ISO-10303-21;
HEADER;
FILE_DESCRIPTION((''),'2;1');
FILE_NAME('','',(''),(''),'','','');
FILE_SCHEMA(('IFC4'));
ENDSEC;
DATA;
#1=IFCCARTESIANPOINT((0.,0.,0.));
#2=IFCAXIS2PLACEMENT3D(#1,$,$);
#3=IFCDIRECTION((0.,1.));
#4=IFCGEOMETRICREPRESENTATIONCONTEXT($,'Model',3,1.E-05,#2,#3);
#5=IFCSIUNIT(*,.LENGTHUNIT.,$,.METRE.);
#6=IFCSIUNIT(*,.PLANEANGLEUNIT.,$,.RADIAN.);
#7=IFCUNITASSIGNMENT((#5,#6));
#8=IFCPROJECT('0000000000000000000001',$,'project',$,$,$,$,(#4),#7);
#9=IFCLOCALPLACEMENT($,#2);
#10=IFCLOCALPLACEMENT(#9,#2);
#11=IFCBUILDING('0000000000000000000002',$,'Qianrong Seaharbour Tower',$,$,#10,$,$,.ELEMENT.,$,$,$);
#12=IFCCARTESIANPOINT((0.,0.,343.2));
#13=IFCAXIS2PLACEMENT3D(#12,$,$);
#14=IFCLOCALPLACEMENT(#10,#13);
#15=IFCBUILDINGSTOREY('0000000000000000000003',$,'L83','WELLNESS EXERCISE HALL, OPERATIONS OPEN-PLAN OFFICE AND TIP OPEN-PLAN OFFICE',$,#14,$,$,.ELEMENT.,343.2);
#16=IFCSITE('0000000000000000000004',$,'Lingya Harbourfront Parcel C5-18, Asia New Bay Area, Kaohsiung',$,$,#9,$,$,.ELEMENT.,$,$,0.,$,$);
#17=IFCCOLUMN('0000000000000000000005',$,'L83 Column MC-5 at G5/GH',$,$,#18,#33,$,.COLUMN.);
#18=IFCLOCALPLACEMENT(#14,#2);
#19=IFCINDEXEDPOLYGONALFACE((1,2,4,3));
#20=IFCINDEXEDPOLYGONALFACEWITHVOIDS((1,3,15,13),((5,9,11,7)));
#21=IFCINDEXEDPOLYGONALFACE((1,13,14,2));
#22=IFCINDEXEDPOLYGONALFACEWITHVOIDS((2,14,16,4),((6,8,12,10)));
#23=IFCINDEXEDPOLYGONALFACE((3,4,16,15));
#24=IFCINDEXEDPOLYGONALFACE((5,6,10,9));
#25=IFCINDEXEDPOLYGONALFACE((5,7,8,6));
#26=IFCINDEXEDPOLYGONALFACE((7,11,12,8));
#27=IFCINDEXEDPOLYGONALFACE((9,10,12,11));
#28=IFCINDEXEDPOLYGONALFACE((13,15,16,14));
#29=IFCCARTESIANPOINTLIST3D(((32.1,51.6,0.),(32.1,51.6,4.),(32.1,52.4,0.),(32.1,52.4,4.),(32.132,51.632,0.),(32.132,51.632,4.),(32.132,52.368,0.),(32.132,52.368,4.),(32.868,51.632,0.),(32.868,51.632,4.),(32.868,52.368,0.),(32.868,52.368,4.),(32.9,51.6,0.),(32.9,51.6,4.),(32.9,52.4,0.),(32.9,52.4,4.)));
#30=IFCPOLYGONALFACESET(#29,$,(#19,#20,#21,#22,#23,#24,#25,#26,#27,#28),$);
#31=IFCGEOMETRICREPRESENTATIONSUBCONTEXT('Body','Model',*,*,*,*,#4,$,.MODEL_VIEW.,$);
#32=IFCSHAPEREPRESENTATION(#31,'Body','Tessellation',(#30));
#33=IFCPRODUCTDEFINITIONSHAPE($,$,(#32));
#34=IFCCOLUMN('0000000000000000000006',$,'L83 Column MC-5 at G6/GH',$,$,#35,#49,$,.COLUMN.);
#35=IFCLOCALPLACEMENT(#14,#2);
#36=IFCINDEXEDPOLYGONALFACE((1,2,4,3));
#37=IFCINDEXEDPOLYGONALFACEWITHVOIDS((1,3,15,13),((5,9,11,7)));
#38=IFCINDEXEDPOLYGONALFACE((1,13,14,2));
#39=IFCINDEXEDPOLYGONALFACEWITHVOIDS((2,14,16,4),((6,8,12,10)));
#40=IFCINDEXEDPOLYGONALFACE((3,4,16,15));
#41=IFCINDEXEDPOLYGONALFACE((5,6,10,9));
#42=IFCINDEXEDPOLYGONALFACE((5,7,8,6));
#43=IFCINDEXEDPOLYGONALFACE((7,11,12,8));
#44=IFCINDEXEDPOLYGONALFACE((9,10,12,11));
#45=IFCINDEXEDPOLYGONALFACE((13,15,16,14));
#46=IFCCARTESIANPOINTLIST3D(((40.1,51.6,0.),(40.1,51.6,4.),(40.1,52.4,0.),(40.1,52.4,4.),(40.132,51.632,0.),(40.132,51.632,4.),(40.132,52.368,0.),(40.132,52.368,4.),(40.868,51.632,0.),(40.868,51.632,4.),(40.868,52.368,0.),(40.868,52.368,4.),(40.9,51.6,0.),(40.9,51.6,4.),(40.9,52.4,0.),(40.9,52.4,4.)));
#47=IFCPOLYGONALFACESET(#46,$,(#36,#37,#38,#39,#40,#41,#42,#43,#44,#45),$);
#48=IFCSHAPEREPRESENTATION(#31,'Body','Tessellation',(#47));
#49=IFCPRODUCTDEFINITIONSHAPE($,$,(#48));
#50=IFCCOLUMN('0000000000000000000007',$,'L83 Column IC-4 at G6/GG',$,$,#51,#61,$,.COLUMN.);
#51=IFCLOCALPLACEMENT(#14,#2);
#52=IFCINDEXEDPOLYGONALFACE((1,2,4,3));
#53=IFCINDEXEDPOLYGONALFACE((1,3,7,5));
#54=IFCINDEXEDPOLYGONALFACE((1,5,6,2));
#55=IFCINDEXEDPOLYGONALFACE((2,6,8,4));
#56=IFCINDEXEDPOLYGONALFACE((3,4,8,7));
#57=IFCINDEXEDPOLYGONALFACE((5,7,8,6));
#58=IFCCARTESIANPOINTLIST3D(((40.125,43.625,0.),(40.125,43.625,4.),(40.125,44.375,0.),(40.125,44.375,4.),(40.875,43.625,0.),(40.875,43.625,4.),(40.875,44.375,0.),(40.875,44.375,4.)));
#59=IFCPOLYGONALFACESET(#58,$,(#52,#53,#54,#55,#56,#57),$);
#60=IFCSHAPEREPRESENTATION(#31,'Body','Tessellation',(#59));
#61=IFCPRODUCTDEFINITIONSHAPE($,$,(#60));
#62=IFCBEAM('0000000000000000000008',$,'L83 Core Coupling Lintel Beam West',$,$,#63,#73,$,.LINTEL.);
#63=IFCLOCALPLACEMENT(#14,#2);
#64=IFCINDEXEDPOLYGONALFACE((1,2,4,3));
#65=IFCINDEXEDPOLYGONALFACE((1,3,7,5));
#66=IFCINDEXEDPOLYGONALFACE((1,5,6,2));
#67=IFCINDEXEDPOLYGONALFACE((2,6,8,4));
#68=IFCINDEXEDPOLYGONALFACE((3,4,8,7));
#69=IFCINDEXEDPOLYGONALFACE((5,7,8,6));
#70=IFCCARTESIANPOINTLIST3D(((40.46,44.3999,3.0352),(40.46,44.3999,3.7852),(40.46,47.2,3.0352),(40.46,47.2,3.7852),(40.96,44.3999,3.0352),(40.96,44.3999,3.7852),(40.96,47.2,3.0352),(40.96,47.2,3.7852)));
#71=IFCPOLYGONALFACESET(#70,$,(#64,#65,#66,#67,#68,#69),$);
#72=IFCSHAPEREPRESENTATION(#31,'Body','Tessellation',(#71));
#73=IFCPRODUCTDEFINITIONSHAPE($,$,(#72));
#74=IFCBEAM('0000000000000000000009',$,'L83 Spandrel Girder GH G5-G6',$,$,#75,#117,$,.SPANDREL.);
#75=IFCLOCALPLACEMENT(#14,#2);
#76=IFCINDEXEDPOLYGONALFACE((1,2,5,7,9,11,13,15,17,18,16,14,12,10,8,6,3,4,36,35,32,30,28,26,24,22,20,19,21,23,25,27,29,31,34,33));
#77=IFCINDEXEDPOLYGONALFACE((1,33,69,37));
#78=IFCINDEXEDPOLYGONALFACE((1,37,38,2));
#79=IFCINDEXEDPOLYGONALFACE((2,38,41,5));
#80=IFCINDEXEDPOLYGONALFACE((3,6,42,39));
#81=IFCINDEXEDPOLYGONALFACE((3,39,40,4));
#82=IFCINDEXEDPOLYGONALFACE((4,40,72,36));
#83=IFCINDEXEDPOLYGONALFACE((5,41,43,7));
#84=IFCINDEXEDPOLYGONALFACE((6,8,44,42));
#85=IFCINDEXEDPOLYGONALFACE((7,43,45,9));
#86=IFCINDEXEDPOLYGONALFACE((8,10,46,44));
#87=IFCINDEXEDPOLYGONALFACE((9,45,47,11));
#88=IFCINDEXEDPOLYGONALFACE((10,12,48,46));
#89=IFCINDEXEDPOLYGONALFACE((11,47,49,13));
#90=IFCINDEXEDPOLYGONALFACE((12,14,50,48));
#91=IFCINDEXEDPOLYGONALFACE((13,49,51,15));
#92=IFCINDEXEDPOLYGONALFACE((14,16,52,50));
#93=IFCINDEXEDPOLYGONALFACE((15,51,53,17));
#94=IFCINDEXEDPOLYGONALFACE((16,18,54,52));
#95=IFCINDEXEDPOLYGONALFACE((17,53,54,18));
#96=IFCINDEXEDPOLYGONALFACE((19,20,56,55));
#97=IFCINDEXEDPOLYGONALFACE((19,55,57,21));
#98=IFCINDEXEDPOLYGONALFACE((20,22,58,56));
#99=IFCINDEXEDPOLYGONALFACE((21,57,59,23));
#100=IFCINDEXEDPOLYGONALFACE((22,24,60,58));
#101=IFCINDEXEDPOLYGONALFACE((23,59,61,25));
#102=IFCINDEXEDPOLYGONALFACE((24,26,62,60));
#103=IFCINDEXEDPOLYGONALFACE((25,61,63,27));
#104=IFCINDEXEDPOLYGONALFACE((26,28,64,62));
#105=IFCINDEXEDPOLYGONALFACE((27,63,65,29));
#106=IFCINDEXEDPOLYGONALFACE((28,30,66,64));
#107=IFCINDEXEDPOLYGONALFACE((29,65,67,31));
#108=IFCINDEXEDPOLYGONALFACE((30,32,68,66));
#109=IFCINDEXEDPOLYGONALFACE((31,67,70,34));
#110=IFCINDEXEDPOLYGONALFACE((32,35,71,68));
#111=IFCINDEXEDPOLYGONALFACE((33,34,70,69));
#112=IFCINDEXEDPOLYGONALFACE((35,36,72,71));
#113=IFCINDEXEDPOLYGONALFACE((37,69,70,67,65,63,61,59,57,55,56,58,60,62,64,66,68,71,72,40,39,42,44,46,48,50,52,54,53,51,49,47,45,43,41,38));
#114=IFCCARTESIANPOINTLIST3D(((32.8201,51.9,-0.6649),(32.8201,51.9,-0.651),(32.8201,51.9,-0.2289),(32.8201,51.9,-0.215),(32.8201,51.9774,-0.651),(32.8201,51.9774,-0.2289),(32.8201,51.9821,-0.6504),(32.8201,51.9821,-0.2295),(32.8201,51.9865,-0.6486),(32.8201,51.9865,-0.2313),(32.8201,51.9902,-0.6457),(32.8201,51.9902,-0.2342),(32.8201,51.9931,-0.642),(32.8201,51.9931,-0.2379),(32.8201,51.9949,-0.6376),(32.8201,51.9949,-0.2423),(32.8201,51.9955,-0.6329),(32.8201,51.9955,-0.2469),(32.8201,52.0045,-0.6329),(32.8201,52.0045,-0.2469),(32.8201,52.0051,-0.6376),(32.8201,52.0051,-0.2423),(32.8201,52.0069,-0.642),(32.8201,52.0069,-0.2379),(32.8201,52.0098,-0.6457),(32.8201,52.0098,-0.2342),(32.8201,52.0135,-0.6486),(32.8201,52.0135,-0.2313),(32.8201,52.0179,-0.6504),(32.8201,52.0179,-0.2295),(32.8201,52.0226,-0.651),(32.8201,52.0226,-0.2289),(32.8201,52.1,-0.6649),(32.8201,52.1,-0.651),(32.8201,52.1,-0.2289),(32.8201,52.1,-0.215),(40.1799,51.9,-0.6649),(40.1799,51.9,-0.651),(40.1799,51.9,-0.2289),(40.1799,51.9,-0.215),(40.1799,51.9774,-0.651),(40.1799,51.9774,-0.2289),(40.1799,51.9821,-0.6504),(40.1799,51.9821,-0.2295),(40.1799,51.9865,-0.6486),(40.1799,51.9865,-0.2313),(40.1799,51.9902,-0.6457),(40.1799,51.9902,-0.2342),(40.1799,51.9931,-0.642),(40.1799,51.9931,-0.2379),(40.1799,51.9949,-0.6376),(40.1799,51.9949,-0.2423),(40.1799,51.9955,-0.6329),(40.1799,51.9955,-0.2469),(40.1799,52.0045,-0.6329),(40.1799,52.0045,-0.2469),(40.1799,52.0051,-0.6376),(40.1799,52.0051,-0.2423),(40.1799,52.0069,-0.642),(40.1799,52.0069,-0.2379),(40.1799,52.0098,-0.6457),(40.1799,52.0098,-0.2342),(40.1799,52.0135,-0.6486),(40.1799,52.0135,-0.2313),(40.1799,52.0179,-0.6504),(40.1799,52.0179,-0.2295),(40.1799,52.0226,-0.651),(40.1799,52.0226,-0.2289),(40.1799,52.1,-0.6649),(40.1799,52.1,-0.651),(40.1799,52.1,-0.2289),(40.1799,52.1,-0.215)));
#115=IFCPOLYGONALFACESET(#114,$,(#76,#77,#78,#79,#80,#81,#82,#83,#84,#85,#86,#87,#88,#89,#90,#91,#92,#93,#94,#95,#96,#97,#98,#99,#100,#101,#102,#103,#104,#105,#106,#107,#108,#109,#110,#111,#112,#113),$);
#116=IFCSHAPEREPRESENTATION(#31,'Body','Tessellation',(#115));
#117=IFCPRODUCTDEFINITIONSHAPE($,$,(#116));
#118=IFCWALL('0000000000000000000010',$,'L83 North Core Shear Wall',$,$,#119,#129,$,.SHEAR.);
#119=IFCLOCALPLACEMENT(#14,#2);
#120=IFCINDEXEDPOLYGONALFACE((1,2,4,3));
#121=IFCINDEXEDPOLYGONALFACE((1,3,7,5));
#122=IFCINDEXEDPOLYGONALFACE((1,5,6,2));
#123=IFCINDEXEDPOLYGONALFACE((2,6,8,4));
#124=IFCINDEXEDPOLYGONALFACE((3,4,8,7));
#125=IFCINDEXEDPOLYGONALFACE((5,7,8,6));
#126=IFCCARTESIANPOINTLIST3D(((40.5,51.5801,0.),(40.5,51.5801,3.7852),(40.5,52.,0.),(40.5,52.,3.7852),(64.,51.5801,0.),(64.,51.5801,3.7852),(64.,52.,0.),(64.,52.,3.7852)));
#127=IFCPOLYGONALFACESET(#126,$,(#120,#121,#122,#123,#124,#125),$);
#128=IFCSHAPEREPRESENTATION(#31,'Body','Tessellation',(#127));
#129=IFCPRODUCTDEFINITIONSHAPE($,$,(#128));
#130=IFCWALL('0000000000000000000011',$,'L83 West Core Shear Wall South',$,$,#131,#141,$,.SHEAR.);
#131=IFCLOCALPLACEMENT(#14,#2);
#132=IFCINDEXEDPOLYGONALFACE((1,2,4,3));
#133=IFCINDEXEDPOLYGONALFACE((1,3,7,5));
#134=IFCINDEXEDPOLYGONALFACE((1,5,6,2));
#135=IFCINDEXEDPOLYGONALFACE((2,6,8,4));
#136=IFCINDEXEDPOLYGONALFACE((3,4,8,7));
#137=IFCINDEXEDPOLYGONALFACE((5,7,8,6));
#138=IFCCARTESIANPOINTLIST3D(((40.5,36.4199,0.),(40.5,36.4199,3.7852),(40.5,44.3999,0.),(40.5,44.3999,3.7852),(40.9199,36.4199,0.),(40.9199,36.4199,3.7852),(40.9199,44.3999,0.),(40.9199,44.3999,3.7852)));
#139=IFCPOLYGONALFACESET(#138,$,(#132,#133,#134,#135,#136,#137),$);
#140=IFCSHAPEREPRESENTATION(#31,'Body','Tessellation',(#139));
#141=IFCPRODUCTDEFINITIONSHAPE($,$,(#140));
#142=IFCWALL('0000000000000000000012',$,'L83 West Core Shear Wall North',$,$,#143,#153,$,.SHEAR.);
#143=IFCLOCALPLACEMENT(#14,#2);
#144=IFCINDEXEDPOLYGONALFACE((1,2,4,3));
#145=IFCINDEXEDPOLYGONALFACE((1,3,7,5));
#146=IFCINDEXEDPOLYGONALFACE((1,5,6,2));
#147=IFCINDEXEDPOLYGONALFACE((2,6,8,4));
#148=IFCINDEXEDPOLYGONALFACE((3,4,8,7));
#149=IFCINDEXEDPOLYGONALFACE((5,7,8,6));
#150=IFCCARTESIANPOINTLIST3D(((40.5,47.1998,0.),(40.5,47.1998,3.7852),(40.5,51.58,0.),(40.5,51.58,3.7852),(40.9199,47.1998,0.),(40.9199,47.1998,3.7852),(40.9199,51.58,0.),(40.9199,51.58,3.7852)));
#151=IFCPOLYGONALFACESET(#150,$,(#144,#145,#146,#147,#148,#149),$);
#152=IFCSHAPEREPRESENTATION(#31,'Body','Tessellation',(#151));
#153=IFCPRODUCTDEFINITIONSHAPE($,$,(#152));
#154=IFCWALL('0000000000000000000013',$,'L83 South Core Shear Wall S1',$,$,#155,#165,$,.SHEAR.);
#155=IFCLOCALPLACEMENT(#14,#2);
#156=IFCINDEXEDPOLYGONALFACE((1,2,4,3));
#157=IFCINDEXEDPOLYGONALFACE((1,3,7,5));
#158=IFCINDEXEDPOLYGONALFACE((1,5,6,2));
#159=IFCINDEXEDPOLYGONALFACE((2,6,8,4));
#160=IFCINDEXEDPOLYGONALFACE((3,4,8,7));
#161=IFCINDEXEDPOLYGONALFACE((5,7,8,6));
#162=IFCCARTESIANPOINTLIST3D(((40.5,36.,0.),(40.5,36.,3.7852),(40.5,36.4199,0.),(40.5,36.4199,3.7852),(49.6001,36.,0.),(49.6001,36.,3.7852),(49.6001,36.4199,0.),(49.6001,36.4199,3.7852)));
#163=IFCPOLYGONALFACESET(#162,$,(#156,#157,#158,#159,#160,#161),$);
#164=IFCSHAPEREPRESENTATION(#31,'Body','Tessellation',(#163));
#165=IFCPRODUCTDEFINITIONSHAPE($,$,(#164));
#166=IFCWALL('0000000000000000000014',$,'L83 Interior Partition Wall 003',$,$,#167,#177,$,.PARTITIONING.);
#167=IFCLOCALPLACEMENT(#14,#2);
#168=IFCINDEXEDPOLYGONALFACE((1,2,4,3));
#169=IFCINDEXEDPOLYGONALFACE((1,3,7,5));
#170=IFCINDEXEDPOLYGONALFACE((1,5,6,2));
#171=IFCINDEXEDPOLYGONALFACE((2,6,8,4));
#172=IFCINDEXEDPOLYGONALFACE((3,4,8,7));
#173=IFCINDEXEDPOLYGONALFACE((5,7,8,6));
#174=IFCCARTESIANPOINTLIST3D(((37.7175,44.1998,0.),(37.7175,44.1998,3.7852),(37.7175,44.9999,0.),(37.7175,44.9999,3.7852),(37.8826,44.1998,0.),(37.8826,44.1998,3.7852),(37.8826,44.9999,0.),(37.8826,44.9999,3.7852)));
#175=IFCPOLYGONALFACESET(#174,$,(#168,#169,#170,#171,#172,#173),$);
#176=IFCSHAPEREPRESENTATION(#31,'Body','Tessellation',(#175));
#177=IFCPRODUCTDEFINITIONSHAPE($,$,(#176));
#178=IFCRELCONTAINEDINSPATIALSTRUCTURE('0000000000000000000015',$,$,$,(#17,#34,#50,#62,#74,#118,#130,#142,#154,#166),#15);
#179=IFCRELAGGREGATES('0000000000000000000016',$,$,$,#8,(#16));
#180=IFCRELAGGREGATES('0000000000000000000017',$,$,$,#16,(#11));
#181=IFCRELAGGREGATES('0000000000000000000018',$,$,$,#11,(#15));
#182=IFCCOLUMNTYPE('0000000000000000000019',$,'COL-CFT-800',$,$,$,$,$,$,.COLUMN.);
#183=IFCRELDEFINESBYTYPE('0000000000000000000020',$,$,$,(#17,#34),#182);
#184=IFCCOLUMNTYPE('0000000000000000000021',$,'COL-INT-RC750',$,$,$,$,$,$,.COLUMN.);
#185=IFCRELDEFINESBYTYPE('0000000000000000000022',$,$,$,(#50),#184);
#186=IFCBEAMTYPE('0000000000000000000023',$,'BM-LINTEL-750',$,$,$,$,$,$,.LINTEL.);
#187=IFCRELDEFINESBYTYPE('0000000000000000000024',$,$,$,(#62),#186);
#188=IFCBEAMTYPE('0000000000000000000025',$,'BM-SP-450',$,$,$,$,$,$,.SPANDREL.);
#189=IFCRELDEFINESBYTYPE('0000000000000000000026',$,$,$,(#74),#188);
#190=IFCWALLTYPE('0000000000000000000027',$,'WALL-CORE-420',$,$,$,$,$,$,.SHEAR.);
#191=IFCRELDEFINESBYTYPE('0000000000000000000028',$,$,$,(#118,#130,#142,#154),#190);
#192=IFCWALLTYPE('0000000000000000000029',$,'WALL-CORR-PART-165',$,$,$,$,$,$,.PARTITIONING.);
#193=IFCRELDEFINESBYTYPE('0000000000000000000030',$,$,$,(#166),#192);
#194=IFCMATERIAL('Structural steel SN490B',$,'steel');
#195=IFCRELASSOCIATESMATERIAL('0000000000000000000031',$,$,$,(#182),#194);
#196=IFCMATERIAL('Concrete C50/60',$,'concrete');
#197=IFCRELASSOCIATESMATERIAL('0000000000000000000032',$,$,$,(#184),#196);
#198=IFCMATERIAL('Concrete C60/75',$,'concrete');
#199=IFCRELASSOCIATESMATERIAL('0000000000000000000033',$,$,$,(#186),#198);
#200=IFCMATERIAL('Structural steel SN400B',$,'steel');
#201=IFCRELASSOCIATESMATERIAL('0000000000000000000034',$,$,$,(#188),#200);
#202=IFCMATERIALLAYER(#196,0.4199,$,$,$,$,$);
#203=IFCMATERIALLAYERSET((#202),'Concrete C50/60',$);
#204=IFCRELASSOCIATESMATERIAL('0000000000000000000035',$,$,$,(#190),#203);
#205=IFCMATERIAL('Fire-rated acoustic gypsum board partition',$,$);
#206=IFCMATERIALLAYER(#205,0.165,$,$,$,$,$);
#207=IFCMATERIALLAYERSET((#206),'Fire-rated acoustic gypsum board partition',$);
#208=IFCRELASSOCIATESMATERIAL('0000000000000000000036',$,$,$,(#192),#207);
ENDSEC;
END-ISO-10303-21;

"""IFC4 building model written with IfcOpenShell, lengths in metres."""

from ifc_helpers import new_model, si_unit, direction, frame, frame_2d, origin, origin_2d, place, context, subcontext, project, spatial, rectangle, hollow_rectangle, i_section, extrude, material, layer, layer_set, material_profile, profile_set, type_object, element, save


model = new_model("IFC4")

# Units and contexts
model_context = context("Model", 3, precision=1e-05, world=origin(), true_north=direction((0.0, 1.0)))
body_context = subcontext(model_context, "Body", "Model", "MODEL_VIEW")
ifc_project = project(units=[si_unit("LENGTHUNIT", "METRE"), si_unit("PLANEANGLEUNIT", "RADIAN")], contexts=[model_context])

# Site, building, storey
site_placement = place(None, origin())
site = spatial("IfcSite", under=ifc_project, at=site_placement, Name="Lingya Harbourfront Parcel C5-18, Asia New Bay Area, Kaohsiung", CompositionType="ELEMENT", RefElevation=0.0)
building_placement = place(site_placement, origin())
building = spatial("IfcBuilding", under=site, at=building_placement, Name="Qianrong Seaharbour Tower", CompositionType="ELEMENT")
storey_placement = place(building_placement, frame((0.0, 0.0, 343.2)))
storey = spatial("IfcBuildingStorey", under=building, at=storey_placement, Name="L83", Description="WELLNESS EXERCISE HALL, OPERATIONS OPEN-PLAN OFFICE AND TIP OPEN-PLAN OFFICE", CompositionType="ELEMENT", Elevation=343.2)

# Columns
ifc_material_1 = material(Name="Structural steel SN490B", Category="steel")
ifc_material_profile_1 = material_profile(ifc_material_1, hollow_rectangle(XDim=0.8, YDim=0.8, WallThickness=0.032, at=origin_2d()), Name="BOX800x800x32")
ifc_profile_set_1 = profile_set([ifc_material_profile_1], Name="Structural steel SN490B")
column_type_1 = type_object("IfcColumnType", Name="COL-CFT-800", PredefinedType="COLUMN", material=ifc_profile_set_1)
for number, where, z_axis, x_axis, name in (
    (1, (32.5, 52.0, 0.0), (0.0, 0.0, 1.0), (1.0, 0.0, 0.0), "L83 Column MC-5 at G5/GH"),
    (2, (40.5, 52.0, 0.0), (0.0, 0.0, 1.0), (1.0, 0.0, 0.0), "L83 Column MC-5 at G6/GH"),
):
    element("IfcColumn", number, at=place(storey_placement, frame(where, z_axis=z_axis, x_axis=x_axis)), inside=storey, type_object=column_type_1, Name=name, PredefinedType="COLUMN", context=body_context, shape_type="SweptSolid", body=[
        extrude(hollow_rectangle(XDim=0.8, YDim=0.8, WallThickness=0.032, at=origin_2d()), origin(), (0.0, 0.0, 1.0), 4.0),
    ])
ifc_material_2 = material(Name="Concrete C50/60", Category="concrete")
ifc_material_profile_2 = material_profile(ifc_material_2, rectangle(XDim=0.75, YDim=0.75, at=origin_2d()), Name="RC750x750")
ifc_profile_set_2 = profile_set([ifc_material_profile_2], Name="Concrete C50/60")
column_type_2 = type_object("IfcColumnType", Name="COL-INT-RC750", PredefinedType="COLUMN", material=ifc_profile_set_2)
column_placement = place(storey_placement, frame((40.5, 44.0, 0.0), z_axis=(0.0, 0.0, 1.0), x_axis=(1.0, 0.0, 0.0)))
element("IfcColumn", 3, at=column_placement, inside=storey, type_object=column_type_2, Name="L83 Column IC-4 at G6/GG", PredefinedType="COLUMN", context=body_context, shape_type="SweptSolid", body=[
    extrude(rectangle(XDim=0.75, YDim=0.75, at=origin_2d()), origin(), (0.0, 0.0, 1.0), 4.0),
])

# Beams
ifc_material_3 = material(Name="Concrete C60/75", Category="concrete")
ifc_material_profile_3 = material_profile(ifc_material_3, rectangle(XDim=0.5, YDim=0.75, at=origin_2d()), Name="RC500x750")
ifc_profile_set_3 = profile_set([ifc_material_profile_3], Name="Concrete C60/75")
beam_type_1 = type_object("IfcBeamType", Name="BM-LINTEL-750", PredefinedType="LINTEL", material=ifc_profile_set_3)
beam_1_placement = place(storey_placement, frame((40.71, 44.3999, 3.4102), z_axis=(0.0, 1.0, 0.0), x_axis=(-1.0, 0.0, 0.0)))
element("IfcBeam", 4, at=beam_1_placement, inside=storey, type_object=beam_type_1, Name="L83 Core Coupling Lintel Beam West", PredefinedType="LINTEL", context=body_context, shape_type="SweptSolid", body=[
    extrude(rectangle(XDim=0.5, YDim=0.75, at=origin_2d()), origin(), (0.0, 0.0, 1.0), 2.8),
])
ifc_material_4 = material(Name="Structural steel SN400B", Category="steel")
ifc_material_profile_4 = material_profile(ifc_material_4, i_section(OverallWidth=0.2, OverallDepth=0.45, WebThickness=0.009, FlangeThickness=0.0139, FilletRadius=0.0181, at=origin_2d()), Name="H450x200x9x14")
ifc_profile_set_4 = profile_set([ifc_material_profile_4], Name="Structural steel SN400B")
beam_type_2 = type_object("IfcBeamType", Name="BM-SP-450", PredefinedType="SPANDREL", material=ifc_profile_set_4)
beam_2_placement = place(storey_placement, frame((32.8201, 52.0, -0.4399), z_axis=(1.0, 0.0, 0.0), x_axis=(0.0, 1.0, 0.0)))
element("IfcBeam", 5, at=beam_2_placement, inside=storey, type_object=beam_type_2, Name="L83 Spandrel Girder GH G5-G6", PredefinedType="SPANDREL", context=body_context, shape_type="SweptSolid", body=[
    extrude(i_section(OverallWidth=0.2, OverallDepth=0.45, WebThickness=0.009, FlangeThickness=0.0139, FilletRadius=0.0181, at=origin_2d()), origin(), (0.0, 0.0, 1.0), 7.3599),
])

# Walls
ifc_layer_1 = layer(ifc_material_2, 0.4199)
ifc_layer_set_1 = layer_set([ifc_layer_1], Name="Concrete C50/60")
wall_type_1 = type_object("IfcWallType", Name="WALL-CORE-420", PredefinedType="SHEAR", material=ifc_layer_set_1)
wall_1_placement = place(storey_placement, frame((40.5, 51.79, 0.0), z_axis=(0.0, 0.0, 1.0), x_axis=(1.0, 0.0, 0.0)))
element("IfcWall", 6, at=wall_1_placement, inside=storey, type_object=wall_type_1, Name="L83 North Core Shear Wall", PredefinedType="SHEAR", context=body_context, shape_type="SweptSolid", body=[
    extrude(rectangle(XDim=23.5, YDim=0.4199, at=frame_2d((11.75, 0.0))), origin(), (0.0, 0.0, 1.0), 3.7852),
])
wall_2_placement = place(storey_placement, frame((40.71, 36.4199, 0.0), z_axis=(0.0, 0.0, 1.0), x_axis=(0.0, 1.0, 0.0)))
element("IfcWall", 7, at=wall_2_placement, inside=storey, type_object=wall_type_1, Name="L83 West Core Shear Wall South", PredefinedType="SHEAR", context=body_context, shape_type="SweptSolid", body=[
    extrude(rectangle(XDim=7.98, YDim=0.4199, at=frame_2d((3.99, 0.0))), origin(), (0.0, 0.0, 1.0), 3.7852),
])
wall_3_placement = place(storey_placement, frame((40.71, 47.2, 0.0), z_axis=(0.0, 0.0, 1.0), x_axis=(0.0, 1.0, 0.0)))
element("IfcWall", 8, at=wall_3_placement, inside=storey, type_object=wall_type_1, Name="L83 West Core Shear Wall North", PredefinedType="SHEAR", context=body_context, shape_type="SweptSolid", body=[
    extrude(rectangle(XDim=4.3801, YDim=0.4199, at=frame_2d((2.1899, 0.0))), origin(), (0.0, 0.0, 1.0), 3.7852),
])
wall_4_placement = place(storey_placement, frame((40.5, 36.21, 0.0), z_axis=(0.0, 0.0, 1.0), x_axis=(1.0, 0.0, 0.0)))
element("IfcWall", 9, at=wall_4_placement, inside=storey, type_object=wall_type_1, Name="L83 South Core Shear Wall S1", PredefinedType="SHEAR", context=body_context, shape_type="SweptSolid", body=[
    extrude(rectangle(XDim=9.1001, YDim=0.4199, at=frame_2d((4.55, 0.0))), origin(), (0.0, 0.0, 1.0), 3.7852),
])

# Shared definitions
ifc_material_5 = material(Name="Fire-rated acoustic gypsum board partition")
ifc_layer_2 = layer(ifc_material_5, 0.165)
ifc_layer_set_2 = layer_set([ifc_layer_2], Name="Fire-rated acoustic gypsum board partition")
wall_type_2 = type_object("IfcWallType", Name="WALL-CORR-PART-165", PredefinedType="PARTITIONING", material=ifc_layer_set_2)

# Wall
wall_5_placement = place(storey_placement, frame((37.8, 44.2, 0.0), z_axis=(0.0, 0.0, 1.0), x_axis=(0.0, 1.0, 0.0)))
element("IfcWall", 10, at=wall_5_placement, inside=storey, type_object=wall_type_2, Name="L83 Interior Partition Wall 003", PredefinedType="PARTITIONING", context=body_context, shape_type="SweptSolid", body=[
    extrude(rectangle(XDim=0.8, YDim=0.165, at=frame_2d((0.3999, 0.0))), origin(), (0.0, 0.0, 1.0), 3.7852),
])

save(model, "model.ifc")
